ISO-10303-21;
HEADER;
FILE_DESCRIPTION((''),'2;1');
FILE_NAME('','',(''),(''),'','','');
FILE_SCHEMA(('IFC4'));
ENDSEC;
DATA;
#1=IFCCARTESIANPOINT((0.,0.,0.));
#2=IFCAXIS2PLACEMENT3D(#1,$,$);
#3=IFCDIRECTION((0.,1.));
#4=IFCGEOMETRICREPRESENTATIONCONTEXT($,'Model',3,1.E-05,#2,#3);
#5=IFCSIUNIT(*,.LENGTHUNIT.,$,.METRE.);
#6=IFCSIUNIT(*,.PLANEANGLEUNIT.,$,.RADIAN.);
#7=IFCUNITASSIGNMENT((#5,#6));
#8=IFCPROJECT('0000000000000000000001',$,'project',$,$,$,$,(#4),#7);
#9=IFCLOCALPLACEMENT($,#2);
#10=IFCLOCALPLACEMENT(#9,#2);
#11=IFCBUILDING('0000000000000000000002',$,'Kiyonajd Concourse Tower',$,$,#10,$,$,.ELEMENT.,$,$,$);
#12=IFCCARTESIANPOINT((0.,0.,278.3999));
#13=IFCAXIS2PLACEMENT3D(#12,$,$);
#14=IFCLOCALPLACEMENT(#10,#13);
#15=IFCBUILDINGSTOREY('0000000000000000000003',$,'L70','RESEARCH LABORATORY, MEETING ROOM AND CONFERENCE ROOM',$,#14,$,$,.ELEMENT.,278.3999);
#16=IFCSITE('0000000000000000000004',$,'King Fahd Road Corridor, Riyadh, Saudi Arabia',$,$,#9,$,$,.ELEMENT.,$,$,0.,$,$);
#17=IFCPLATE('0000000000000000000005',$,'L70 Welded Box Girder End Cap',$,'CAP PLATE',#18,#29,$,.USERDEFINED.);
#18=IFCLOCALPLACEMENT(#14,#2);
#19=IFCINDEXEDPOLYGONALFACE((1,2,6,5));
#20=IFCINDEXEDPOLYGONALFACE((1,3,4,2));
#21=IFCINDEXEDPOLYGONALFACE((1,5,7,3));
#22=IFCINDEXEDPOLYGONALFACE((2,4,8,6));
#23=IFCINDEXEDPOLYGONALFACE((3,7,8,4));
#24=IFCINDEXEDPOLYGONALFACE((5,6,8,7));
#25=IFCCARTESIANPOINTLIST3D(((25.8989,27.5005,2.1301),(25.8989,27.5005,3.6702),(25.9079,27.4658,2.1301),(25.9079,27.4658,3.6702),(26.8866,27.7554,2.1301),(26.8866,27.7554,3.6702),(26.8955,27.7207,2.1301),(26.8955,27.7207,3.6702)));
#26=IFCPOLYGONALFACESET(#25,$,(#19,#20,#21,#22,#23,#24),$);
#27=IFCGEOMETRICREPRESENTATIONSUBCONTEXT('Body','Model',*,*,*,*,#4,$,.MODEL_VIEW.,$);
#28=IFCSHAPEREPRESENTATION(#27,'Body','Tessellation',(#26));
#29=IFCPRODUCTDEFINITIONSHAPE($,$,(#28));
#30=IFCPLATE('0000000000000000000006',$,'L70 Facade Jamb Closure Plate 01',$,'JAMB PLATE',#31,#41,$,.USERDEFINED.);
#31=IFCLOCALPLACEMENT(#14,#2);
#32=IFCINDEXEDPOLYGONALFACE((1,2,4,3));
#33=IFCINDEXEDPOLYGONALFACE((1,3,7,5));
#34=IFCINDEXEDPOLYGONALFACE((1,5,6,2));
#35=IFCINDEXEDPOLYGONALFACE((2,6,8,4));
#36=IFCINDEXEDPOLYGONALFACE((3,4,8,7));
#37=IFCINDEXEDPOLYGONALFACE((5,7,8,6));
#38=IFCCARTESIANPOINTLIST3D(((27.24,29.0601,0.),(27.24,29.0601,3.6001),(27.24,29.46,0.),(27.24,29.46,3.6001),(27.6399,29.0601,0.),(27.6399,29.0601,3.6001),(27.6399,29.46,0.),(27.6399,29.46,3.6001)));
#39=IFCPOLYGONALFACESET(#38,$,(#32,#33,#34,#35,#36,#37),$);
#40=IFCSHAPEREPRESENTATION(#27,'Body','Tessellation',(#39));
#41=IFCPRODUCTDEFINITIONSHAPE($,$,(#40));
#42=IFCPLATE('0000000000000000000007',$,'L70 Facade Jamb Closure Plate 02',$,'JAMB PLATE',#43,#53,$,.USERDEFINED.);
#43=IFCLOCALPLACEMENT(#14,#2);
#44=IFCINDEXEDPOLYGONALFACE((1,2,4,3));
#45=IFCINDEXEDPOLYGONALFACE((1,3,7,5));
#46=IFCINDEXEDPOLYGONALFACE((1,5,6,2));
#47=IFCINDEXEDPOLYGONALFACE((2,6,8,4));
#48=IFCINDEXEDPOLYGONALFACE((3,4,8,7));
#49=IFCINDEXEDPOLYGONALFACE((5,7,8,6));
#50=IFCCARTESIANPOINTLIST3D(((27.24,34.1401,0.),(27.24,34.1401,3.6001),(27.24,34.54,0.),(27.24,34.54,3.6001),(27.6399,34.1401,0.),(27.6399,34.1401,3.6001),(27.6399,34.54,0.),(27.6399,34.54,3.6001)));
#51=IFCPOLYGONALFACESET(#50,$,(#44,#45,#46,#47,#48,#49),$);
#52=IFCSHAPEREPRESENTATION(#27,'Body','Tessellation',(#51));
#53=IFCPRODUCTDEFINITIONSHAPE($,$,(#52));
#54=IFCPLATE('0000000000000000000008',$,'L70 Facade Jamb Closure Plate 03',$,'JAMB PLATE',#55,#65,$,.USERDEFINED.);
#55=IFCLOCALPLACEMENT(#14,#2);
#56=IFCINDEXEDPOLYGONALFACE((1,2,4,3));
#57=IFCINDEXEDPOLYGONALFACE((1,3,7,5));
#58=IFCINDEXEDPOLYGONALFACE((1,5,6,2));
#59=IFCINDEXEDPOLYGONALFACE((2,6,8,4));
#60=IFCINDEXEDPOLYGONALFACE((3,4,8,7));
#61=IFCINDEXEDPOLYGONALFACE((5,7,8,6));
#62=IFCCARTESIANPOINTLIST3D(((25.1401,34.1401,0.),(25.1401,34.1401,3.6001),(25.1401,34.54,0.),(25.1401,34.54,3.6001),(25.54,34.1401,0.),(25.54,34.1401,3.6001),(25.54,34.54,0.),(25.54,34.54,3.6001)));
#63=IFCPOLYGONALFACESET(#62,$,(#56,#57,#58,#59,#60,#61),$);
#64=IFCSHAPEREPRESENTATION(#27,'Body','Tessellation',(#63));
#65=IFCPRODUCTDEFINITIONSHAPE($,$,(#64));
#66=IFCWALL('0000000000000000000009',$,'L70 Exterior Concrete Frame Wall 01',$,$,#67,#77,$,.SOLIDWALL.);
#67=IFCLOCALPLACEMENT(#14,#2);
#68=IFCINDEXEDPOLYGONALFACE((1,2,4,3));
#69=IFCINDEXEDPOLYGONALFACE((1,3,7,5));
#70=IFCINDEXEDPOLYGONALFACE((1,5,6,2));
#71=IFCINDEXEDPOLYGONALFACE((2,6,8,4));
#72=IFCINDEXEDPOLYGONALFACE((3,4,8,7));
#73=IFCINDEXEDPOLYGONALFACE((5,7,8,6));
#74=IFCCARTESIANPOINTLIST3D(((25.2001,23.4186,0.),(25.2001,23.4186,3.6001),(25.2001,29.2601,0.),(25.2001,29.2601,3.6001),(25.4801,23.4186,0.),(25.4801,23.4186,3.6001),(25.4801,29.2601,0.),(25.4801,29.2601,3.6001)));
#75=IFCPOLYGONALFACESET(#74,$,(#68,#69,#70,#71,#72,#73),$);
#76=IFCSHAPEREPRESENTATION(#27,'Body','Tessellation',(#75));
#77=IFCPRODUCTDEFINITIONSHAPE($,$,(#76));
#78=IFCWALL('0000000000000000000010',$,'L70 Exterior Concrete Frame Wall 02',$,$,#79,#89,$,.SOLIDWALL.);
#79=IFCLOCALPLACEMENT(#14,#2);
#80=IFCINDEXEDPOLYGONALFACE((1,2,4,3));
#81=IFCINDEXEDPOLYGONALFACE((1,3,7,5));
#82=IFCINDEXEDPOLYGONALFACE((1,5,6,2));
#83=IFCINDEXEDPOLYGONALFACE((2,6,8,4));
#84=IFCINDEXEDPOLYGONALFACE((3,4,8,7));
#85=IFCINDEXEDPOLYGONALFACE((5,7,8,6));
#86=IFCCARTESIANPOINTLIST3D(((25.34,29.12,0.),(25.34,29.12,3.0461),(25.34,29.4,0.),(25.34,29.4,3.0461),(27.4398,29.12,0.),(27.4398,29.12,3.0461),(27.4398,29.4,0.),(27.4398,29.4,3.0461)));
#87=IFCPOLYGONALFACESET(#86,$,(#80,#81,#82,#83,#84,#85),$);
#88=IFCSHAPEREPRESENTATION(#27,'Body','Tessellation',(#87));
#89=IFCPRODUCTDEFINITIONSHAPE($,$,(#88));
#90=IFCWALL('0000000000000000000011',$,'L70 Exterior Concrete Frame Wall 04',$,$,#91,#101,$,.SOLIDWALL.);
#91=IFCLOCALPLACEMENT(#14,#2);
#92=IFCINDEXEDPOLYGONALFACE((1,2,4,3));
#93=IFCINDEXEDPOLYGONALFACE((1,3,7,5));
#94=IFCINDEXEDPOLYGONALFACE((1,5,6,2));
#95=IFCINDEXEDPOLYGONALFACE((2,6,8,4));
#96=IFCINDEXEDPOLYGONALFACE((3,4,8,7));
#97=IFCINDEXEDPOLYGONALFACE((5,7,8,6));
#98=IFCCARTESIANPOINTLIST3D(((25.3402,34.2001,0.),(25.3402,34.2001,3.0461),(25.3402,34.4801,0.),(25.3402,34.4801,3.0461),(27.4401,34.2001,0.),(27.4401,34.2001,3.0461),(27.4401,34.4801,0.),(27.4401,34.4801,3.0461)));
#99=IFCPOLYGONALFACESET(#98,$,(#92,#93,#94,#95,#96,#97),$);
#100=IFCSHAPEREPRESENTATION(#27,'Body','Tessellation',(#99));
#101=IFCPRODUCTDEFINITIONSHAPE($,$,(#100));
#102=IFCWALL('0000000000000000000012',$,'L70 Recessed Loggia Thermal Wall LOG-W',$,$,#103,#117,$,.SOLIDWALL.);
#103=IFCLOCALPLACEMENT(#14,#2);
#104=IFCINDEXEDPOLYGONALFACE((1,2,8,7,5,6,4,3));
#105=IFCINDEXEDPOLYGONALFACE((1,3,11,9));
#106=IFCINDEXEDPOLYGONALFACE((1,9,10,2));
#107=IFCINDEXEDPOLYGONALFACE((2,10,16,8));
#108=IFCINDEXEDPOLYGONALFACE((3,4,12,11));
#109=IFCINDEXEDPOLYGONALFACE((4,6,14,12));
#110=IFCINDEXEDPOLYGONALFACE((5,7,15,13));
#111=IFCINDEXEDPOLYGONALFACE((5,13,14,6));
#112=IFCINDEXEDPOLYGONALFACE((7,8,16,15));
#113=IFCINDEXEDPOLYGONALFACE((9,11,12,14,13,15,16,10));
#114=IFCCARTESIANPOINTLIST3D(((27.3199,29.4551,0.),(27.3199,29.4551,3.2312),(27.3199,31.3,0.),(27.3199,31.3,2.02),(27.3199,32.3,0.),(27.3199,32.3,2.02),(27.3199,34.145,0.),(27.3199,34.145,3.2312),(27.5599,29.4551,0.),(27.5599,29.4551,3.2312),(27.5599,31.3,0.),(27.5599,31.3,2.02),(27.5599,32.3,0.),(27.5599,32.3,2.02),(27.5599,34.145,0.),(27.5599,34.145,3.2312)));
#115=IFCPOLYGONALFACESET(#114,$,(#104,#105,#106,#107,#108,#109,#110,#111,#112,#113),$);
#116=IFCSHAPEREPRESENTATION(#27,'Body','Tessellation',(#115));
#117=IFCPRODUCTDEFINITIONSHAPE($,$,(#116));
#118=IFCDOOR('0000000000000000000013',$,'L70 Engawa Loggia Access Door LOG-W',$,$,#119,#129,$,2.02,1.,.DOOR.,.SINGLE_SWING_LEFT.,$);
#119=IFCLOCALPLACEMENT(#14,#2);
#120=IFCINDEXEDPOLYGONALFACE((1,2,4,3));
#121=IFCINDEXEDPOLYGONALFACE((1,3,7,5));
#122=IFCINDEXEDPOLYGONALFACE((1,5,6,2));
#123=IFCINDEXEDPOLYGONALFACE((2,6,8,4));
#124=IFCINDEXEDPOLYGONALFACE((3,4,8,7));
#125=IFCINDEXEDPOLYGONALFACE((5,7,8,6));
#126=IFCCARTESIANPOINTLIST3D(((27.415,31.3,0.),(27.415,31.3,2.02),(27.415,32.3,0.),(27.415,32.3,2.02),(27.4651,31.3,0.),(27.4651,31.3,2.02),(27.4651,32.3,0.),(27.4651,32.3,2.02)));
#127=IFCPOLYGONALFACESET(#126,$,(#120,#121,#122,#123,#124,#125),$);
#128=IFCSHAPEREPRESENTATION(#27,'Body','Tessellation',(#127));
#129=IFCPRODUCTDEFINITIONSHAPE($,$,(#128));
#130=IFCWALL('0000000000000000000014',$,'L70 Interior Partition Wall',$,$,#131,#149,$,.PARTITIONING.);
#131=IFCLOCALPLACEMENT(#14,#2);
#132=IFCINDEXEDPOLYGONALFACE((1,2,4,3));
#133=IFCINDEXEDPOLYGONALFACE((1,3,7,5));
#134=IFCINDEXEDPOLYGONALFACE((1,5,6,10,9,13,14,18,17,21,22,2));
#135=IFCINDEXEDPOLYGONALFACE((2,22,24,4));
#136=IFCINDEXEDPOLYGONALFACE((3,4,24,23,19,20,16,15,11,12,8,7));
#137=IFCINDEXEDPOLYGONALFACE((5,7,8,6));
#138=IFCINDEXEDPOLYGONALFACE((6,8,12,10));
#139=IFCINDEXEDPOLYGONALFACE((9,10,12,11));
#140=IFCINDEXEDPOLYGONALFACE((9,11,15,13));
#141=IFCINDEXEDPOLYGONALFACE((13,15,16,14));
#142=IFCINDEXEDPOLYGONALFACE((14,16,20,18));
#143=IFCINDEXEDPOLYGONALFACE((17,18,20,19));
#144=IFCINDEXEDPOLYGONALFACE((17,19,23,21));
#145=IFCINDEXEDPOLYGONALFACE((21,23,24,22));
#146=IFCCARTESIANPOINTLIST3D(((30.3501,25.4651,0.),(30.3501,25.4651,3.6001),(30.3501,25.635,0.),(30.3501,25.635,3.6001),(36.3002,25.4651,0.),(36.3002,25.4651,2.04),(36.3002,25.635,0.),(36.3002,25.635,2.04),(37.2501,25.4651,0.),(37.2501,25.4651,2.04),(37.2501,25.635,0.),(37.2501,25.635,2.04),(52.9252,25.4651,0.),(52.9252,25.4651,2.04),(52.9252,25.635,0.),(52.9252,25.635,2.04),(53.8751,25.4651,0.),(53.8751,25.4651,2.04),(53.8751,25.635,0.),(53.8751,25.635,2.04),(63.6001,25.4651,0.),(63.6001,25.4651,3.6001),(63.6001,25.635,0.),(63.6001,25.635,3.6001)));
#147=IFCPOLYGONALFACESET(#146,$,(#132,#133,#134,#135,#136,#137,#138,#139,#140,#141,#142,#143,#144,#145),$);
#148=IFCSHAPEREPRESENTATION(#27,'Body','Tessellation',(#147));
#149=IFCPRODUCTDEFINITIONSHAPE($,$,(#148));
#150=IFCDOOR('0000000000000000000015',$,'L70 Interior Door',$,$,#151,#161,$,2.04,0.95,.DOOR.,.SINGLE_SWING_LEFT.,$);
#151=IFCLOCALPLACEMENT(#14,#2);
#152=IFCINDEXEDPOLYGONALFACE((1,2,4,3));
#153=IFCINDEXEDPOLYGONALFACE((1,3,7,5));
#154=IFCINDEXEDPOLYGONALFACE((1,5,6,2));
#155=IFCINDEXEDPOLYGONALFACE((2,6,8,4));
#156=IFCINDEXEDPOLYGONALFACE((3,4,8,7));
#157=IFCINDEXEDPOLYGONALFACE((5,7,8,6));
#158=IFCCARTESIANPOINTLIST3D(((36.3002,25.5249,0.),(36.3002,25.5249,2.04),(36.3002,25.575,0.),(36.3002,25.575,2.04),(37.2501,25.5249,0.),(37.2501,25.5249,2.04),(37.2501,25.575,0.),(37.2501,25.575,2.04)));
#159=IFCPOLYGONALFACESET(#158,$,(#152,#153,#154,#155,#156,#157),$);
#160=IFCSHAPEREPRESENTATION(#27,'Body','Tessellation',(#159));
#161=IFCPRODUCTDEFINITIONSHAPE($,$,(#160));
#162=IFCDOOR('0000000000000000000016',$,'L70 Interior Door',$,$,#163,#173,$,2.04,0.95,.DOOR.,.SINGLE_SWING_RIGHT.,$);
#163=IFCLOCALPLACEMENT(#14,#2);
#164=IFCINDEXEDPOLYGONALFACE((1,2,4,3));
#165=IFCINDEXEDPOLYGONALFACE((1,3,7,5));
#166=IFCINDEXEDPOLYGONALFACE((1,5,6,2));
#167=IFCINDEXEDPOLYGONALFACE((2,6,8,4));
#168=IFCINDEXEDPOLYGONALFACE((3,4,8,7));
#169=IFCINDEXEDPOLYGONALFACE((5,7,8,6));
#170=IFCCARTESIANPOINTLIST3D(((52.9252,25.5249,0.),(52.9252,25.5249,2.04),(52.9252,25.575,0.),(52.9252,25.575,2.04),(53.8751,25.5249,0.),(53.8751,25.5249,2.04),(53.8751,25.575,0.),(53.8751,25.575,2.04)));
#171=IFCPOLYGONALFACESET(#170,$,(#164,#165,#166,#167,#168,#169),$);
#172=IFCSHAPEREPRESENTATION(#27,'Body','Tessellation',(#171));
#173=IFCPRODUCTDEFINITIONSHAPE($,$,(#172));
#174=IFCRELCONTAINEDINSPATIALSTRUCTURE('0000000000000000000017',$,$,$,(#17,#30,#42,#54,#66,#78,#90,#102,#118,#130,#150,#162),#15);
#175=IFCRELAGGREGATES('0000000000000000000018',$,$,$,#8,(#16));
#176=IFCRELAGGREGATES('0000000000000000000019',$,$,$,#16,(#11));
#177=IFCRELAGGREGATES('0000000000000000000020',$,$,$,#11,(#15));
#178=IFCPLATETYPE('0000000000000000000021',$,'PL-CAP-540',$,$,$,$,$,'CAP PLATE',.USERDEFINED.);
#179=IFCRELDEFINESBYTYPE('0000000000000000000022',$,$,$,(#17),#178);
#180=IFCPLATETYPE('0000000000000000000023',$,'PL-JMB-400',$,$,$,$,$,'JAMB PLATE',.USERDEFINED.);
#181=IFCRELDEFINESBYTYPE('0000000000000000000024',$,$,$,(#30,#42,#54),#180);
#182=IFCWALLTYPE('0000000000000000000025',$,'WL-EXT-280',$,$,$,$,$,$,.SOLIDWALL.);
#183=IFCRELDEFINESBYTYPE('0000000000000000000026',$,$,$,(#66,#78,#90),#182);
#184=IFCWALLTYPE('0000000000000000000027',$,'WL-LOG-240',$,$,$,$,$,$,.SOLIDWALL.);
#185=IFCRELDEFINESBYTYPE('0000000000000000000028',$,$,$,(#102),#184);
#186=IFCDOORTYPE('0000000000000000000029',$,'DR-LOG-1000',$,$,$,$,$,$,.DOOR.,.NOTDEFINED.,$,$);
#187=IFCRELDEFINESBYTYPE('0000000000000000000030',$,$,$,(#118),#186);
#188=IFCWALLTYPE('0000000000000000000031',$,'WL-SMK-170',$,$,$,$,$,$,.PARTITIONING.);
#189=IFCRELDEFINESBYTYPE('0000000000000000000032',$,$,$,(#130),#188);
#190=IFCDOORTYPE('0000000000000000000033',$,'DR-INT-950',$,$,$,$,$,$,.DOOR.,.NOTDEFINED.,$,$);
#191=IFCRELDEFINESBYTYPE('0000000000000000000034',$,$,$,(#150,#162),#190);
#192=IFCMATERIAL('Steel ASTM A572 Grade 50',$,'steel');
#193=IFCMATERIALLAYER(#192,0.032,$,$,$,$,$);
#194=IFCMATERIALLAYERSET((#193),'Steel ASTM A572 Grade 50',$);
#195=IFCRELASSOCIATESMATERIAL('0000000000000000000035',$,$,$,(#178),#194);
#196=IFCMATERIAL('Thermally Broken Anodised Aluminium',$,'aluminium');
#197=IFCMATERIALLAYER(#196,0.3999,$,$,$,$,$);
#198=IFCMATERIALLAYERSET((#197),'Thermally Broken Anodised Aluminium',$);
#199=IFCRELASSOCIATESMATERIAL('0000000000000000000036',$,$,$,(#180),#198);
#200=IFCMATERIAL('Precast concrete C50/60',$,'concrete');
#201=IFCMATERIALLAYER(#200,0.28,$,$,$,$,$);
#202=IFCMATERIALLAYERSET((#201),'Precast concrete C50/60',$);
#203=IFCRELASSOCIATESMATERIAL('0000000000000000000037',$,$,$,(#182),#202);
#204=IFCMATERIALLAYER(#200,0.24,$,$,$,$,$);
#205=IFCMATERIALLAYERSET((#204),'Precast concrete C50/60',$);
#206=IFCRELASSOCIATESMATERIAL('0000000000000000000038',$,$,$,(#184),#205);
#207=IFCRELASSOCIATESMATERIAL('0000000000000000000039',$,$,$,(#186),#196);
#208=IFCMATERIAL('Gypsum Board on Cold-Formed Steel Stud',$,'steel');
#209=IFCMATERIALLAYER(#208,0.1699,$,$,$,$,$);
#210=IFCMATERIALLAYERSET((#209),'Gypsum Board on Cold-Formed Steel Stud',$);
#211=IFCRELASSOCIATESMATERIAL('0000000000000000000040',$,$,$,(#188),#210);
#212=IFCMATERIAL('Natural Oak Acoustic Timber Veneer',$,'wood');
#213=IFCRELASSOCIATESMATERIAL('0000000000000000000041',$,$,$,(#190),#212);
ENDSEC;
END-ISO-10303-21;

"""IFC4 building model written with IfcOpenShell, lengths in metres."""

from ifc_helpers import new_model, si_unit, direction, frame, frame_2d, origin, origin_2d, place, context, subcontext, project, spatial, rectangle, extrude, material, layer, layer_set, type_object, element, fill, save


model = new_model("IFC4")

# Units and contexts
model_context = context("Model", 3, precision=1e-05, world=origin(), true_north=direction((0.0, 1.0)))
body_context = subcontext(model_context, "Body", "Model", "MODEL_VIEW")
ifc_project = project(units=[si_unit("LENGTHUNIT", "METRE"), si_unit("PLANEANGLEUNIT", "RADIAN")], contexts=[model_context])

# Site, building, storey
site_placement = place(None, origin())
site = spatial("IfcSite", under=ifc_project, at=site_placement, Name="King Fahd Road Corridor, Riyadh, Saudi Arabia", CompositionType="ELEMENT", RefElevation=0.0)
building_placement = place(site_placement, origin())
building = spatial("IfcBuilding", under=site, at=building_placement, Name="Kiyonajd Concourse Tower", CompositionType="ELEMENT")
storey_placement = place(building_placement, frame((0.0, 0.0, 278.3999)))
storey = spatial("IfcBuildingStorey", under=building, at=storey_placement, Name="L70", Description="RESEARCH LABORATORY, MEETING ROOM AND CONFERENCE ROOM", CompositionType="ELEMENT", Elevation=278.3999)

# Shared definitions
ifc_material_1 = material(Name="Steel ASTM A572 Grade 50", Category="steel")

# Plates
ifc_layer_1 = layer(ifc_material_1, 0.032)
ifc_layer_set_1 = layer_set([ifc_layer_1], Name="Steel ASTM A572 Grade 50")
plate_type_1 = type_object("IfcPlateType", Name="PL-CAP-540", ElementType="CAP PLATE", PredefinedType="USERDEFINED", material=ifc_layer_set_1)
plate_placement = place(storey_placement, frame((26.3972, 27.6106, 2.1301), z_axis=(0.0, 0.0, 1.0), x_axis=(-0.249873, 0.968279, 0.0)))
element("IfcPlate", 1, at=plate_placement, inside=storey, type_object=plate_type_1, Name="L70 Welded Box Girder End Cap", ObjectType="CAP PLATE", PredefinedType="USERDEFINED", context=body_context, shape_type="SweptSolid", body=[
    extrude(rectangle(XDim=0.0359, YDim=1.02, at=origin_2d()), origin(), (0.0, 0.0, 1.0), 1.54),
])
ifc_material_2 = material(Name="Thermally Broken Anodised Aluminium", Category="aluminium")
ifc_layer_2 = layer(ifc_material_2, 0.3999)
ifc_layer_set_2 = layer_set([ifc_layer_2], Name="Thermally Broken Anodised Aluminium")
plate_type_2 = type_object("IfcPlateType", Name="PL-JMB-400", ElementType="JAMB PLATE", PredefinedType="USERDEFINED", material=ifc_layer_set_2)
for number, where, z_axis, x_axis, name in (
    (2, (27.4399, 29.26, 0.0), (0.0, 0.0, 1.0), (1.0, 0.0, 0.0), "L70 Facade Jamb Closure Plate 01"),
    (3, (27.4399, 34.3401, 0.0), (0.0, 0.0, 1.0), (1.0, 0.0, 0.0), "L70 Facade Jamb Closure Plate 02"),
    (4, (25.3401, 34.3401, 0.0), (0.0, 0.0, 1.0), (1.0, 0.0, 0.0), "L70 Facade Jamb Closure Plate 03"),
):
    element("IfcPlate", number, at=place(storey_placement, frame(where, z_axis=z_axis, x_axis=x_axis)), inside=storey, type_object=plate_type_2, Name=name, ObjectType="JAMB PLATE", PredefinedType="USERDEFINED", context=body_context, shape_type="SweptSolid", body=[
        extrude(rectangle(XDim=0.3999, YDim=0.3999, at=origin_2d()), origin(), (0.0, 0.0, 1.0), 3.6001),
    ])

# Walls
ifc_material_3 = material(Name="Precast concrete C50/60", Category="concrete")
ifc_layer_3 = layer(ifc_material_3, 0.28)
ifc_layer_set_3 = layer_set([ifc_layer_3], Name="Precast concrete C50/60")
wall_type_1 = type_object("IfcWallType", Name="WL-EXT-280", PredefinedType="SOLIDWALL", material=ifc_layer_set_3)
wall_1_placement = place(storey_placement, frame((25.3401, 23.4185, 0.0), z_axis=(0.0, 0.0, 1.0), x_axis=(0.0, 1.0, 0.0)))
element("IfcWall", 5, at=wall_1_placement, inside=storey, type_object=wall_type_1, Name="L70 Exterior Concrete Frame Wall 01", PredefinedType="SOLIDWALL", context=body_context, shape_type="SweptSolid", body=[
    extrude(rectangle(XDim=5.8416, YDim=0.28, at=frame_2d((2.9209, 0.0))), origin(), (0.0, 0.0, 1.0), 3.6001),
])
for number, where, z_axis, x_axis, name in (
    (6, (25.3401, 29.26, 0.0), (0.0, 0.0, 1.0), (1.0, 0.0, 0.0), "L70 Exterior Concrete Frame Wall 02"),
    (7, (27.4399, 34.3401, 0.0), (0.0, 0.0, 1.0), (-1.0, 0.0, 0.0), "L70 Exterior Concrete Frame Wall 04"),
):
    element("IfcWall", number, at=place(storey_placement, frame(where, z_axis=z_axis, x_axis=x_axis)), inside=storey, type_object=wall_type_1, Name=name, PredefinedType="SOLIDWALL", context=body_context, shape_type="SweptSolid", body=[
        extrude(rectangle(XDim=2.0999, YDim=0.28, at=frame_2d((1.0498, 0.0))), origin(), (0.0, 0.0, 1.0), 3.0461),
    ])

# Wall, opening, door
ifc_layer_4 = layer(ifc_material_3, 0.24)
ifc_layer_set_4 = layer_set([ifc_layer_4], Name="Precast concrete C50/60")
wall_type_2 = type_object("IfcWallType", Name="WL-LOG-240", PredefinedType="SOLIDWALL", material=ifc_layer_set_4)
wall_2_placement = place(storey_placement, frame((27.4399, 29.4551, 0.0), z_axis=(0.0, 0.0, 1.0), x_axis=(0.0, 1.0, 0.0)))
wall_2 = element("IfcWall", 8, at=wall_2_placement, inside=storey, type_object=wall_type_2, Name="L70 Recessed Loggia Thermal Wall LOG-W", PredefinedType="SOLIDWALL", context=body_context, shape_type="SweptSolid", body=[
    extrude(rectangle(XDim=4.6899, YDim=0.24, at=frame_2d((2.345, 0.0))), origin(), (0.0, 0.0, 1.0), 3.2312),
])
opening_1_placement = place(wall_2_placement, frame((1.845, 0.0, 0.0)))
opening_1 = element("IfcOpeningElement", 9, at=opening_1_placement, cuts=wall_2, PredefinedType="OPENING", context=body_context, shape_type="SweptSolid", body=[
    extrude(rectangle(XDim=1.0, YDim=2.02, at=frame_2d((0.5, 1.01))), frame((0.0, 0.1299, 0.0), z_axis=(0.0, -1.0, 0.0), x_axis=(1.0, 0.0, 0.0)), (0.0, 0.0, 1.0), 0.26),
])
door_type_1 = type_object("IfcDoorType", Name="DR-LOG-1000", OperationType="NOTDEFINED", PredefinedType="DOOR", material=ifc_material_2)
door_1_placement = place(opening_1_placement, origin())
door_1 = element("IfcDoor", 10, at=door_1_placement, inside=storey, type_object=door_type_1, Name="L70 Engawa Loggia Access Door LOG-W", OperationType="SINGLE_SWING_LEFT", OverallHeight=2.02, OverallWidth=1.0, PredefinedType="DOOR", context=body_context, shape_type="SweptSolid", body=[
    extrude(rectangle(XDim=1.0, YDim=2.02, at=frame_2d((0.5, 1.01))), frame((0.0, 0.0249, 0.0), z_axis=(0.0, -1.0, 0.0), x_axis=(1.0, 0.0, 0.0)), (0.0, 0.0, 1.0), 0.05),
])
fill(opening_1, door_1)

# Wall, openings, doors
ifc_material_4 = material(Name="Gypsum Board on Cold-Formed Steel Stud", Category="steel")
ifc_layer_5 = layer(ifc_material_4, 0.1699)
ifc_layer_set_5 = layer_set([ifc_layer_5], Name="Gypsum Board on Cold-Formed Steel Stud")
wall_type_3 = type_object("IfcWallType", Name="WL-SMK-170", PredefinedType="PARTITIONING", material=ifc_layer_set_5)
wall_3_placement = place(storey_placement, frame((30.3501, 25.55, 0.0), z_axis=(0.0, 0.0, 1.0), x_axis=(1.0, 0.0, 0.0)))
wall_3 = element("IfcWall", 11, at=wall_3_placement, inside=storey, type_object=wall_type_3, Name="L70 Interior Partition Wall", PredefinedType="PARTITIONING", context=body_context, shape_type="SweptSolid", body=[
    extrude(rectangle(XDim=33.25, YDim=0.1699, at=frame_2d((16.625, 0.0))), origin(), (0.0, 0.0, 1.0), 3.6001),
])
opening_2_placement = place(wall_3_placement, frame((5.95, 0.0, 0.0)))
opening_2 = element("IfcOpeningElement", 12, at=opening_2_placement, cuts=wall_3, PredefinedType="OPENING", context=body_context, shape_type="SweptSolid", body=[
    extrude(rectangle(XDim=0.95, YDim=2.04, at=frame_2d((0.4751, 1.02))), frame((0.0, 0.095, 0.0), z_axis=(0.0, -1.0, 0.0), x_axis=(1.0, 0.0, 0.0)), (0.0, 0.0, 1.0), 0.1899),
])
opening_3_placement = place(wall_3_placement, frame((22.575, 0.0, 0.0)))
opening_3 = element("IfcOpeningElement", 13, at=opening_3_placement, cuts=wall_3, PredefinedType="OPENING", context=body_context, shape_type="SweptSolid", body=[
    extrude(rectangle(XDim=0.95, YDim=2.04, at=frame_2d((0.4751, 1.02))), frame((0.0, 0.095, 0.0), z_axis=(0.0, -1.0, 0.0), x_axis=(1.0, 0.0, 0.0)), (0.0, 0.0, 1.0), 0.1899),
])
ifc_material_5 = material(Name="Natural Oak Acoustic Timber Veneer", Category="wood")
door_type_2 = type_object("IfcDoorType", Name="DR-INT-950", OperationType="NOTDEFINED", PredefinedType="DOOR", material=ifc_material_5)
door_2_placement = place(opening_2_placement, origin())
door_2 = element("IfcDoor", 14, at=door_2_placement, inside=storey, type_object=door_type_2, Name="L70 Interior Door", OperationType="SINGLE_SWING_LEFT", OverallHeight=2.04, OverallWidth=0.95, PredefinedType="DOOR", context=body_context, shape_type="SweptSolid", body=[
    extrude(rectangle(XDim=0.95, YDim=2.04, at=frame_2d((0.4751, 1.02))), frame((0.0, 0.0249, 0.0), z_axis=(0.0, -1.0, 0.0), x_axis=(1.0, 0.0, 0.0)), (0.0, 0.0, 1.0), 0.05),
])
fill(opening_2, door_2)
door_3_placement = place(opening_3_placement, origin())
door_3 = element("IfcDoor", 15, at=door_3_placement, inside=storey, type_object=door_type_2, Name="L70 Interior Door", OperationType="SINGLE_SWING_RIGHT", OverallHeight=2.04, OverallWidth=0.95, PredefinedType="DOOR", context=body_context, shape_type="SweptSolid", body=[
    extrude(rectangle(XDim=0.95, YDim=2.04, at=frame_2d((0.4751, 1.02))), frame((0.0, 0.0249, 0.0), z_axis=(0.0, -1.0, 0.0), x_axis=(1.0, 0.0, 0.0)), (0.0, 0.0, 1.0), 0.05),
])
fill(opening_3, door_3)

save(model, "model.ifc")
